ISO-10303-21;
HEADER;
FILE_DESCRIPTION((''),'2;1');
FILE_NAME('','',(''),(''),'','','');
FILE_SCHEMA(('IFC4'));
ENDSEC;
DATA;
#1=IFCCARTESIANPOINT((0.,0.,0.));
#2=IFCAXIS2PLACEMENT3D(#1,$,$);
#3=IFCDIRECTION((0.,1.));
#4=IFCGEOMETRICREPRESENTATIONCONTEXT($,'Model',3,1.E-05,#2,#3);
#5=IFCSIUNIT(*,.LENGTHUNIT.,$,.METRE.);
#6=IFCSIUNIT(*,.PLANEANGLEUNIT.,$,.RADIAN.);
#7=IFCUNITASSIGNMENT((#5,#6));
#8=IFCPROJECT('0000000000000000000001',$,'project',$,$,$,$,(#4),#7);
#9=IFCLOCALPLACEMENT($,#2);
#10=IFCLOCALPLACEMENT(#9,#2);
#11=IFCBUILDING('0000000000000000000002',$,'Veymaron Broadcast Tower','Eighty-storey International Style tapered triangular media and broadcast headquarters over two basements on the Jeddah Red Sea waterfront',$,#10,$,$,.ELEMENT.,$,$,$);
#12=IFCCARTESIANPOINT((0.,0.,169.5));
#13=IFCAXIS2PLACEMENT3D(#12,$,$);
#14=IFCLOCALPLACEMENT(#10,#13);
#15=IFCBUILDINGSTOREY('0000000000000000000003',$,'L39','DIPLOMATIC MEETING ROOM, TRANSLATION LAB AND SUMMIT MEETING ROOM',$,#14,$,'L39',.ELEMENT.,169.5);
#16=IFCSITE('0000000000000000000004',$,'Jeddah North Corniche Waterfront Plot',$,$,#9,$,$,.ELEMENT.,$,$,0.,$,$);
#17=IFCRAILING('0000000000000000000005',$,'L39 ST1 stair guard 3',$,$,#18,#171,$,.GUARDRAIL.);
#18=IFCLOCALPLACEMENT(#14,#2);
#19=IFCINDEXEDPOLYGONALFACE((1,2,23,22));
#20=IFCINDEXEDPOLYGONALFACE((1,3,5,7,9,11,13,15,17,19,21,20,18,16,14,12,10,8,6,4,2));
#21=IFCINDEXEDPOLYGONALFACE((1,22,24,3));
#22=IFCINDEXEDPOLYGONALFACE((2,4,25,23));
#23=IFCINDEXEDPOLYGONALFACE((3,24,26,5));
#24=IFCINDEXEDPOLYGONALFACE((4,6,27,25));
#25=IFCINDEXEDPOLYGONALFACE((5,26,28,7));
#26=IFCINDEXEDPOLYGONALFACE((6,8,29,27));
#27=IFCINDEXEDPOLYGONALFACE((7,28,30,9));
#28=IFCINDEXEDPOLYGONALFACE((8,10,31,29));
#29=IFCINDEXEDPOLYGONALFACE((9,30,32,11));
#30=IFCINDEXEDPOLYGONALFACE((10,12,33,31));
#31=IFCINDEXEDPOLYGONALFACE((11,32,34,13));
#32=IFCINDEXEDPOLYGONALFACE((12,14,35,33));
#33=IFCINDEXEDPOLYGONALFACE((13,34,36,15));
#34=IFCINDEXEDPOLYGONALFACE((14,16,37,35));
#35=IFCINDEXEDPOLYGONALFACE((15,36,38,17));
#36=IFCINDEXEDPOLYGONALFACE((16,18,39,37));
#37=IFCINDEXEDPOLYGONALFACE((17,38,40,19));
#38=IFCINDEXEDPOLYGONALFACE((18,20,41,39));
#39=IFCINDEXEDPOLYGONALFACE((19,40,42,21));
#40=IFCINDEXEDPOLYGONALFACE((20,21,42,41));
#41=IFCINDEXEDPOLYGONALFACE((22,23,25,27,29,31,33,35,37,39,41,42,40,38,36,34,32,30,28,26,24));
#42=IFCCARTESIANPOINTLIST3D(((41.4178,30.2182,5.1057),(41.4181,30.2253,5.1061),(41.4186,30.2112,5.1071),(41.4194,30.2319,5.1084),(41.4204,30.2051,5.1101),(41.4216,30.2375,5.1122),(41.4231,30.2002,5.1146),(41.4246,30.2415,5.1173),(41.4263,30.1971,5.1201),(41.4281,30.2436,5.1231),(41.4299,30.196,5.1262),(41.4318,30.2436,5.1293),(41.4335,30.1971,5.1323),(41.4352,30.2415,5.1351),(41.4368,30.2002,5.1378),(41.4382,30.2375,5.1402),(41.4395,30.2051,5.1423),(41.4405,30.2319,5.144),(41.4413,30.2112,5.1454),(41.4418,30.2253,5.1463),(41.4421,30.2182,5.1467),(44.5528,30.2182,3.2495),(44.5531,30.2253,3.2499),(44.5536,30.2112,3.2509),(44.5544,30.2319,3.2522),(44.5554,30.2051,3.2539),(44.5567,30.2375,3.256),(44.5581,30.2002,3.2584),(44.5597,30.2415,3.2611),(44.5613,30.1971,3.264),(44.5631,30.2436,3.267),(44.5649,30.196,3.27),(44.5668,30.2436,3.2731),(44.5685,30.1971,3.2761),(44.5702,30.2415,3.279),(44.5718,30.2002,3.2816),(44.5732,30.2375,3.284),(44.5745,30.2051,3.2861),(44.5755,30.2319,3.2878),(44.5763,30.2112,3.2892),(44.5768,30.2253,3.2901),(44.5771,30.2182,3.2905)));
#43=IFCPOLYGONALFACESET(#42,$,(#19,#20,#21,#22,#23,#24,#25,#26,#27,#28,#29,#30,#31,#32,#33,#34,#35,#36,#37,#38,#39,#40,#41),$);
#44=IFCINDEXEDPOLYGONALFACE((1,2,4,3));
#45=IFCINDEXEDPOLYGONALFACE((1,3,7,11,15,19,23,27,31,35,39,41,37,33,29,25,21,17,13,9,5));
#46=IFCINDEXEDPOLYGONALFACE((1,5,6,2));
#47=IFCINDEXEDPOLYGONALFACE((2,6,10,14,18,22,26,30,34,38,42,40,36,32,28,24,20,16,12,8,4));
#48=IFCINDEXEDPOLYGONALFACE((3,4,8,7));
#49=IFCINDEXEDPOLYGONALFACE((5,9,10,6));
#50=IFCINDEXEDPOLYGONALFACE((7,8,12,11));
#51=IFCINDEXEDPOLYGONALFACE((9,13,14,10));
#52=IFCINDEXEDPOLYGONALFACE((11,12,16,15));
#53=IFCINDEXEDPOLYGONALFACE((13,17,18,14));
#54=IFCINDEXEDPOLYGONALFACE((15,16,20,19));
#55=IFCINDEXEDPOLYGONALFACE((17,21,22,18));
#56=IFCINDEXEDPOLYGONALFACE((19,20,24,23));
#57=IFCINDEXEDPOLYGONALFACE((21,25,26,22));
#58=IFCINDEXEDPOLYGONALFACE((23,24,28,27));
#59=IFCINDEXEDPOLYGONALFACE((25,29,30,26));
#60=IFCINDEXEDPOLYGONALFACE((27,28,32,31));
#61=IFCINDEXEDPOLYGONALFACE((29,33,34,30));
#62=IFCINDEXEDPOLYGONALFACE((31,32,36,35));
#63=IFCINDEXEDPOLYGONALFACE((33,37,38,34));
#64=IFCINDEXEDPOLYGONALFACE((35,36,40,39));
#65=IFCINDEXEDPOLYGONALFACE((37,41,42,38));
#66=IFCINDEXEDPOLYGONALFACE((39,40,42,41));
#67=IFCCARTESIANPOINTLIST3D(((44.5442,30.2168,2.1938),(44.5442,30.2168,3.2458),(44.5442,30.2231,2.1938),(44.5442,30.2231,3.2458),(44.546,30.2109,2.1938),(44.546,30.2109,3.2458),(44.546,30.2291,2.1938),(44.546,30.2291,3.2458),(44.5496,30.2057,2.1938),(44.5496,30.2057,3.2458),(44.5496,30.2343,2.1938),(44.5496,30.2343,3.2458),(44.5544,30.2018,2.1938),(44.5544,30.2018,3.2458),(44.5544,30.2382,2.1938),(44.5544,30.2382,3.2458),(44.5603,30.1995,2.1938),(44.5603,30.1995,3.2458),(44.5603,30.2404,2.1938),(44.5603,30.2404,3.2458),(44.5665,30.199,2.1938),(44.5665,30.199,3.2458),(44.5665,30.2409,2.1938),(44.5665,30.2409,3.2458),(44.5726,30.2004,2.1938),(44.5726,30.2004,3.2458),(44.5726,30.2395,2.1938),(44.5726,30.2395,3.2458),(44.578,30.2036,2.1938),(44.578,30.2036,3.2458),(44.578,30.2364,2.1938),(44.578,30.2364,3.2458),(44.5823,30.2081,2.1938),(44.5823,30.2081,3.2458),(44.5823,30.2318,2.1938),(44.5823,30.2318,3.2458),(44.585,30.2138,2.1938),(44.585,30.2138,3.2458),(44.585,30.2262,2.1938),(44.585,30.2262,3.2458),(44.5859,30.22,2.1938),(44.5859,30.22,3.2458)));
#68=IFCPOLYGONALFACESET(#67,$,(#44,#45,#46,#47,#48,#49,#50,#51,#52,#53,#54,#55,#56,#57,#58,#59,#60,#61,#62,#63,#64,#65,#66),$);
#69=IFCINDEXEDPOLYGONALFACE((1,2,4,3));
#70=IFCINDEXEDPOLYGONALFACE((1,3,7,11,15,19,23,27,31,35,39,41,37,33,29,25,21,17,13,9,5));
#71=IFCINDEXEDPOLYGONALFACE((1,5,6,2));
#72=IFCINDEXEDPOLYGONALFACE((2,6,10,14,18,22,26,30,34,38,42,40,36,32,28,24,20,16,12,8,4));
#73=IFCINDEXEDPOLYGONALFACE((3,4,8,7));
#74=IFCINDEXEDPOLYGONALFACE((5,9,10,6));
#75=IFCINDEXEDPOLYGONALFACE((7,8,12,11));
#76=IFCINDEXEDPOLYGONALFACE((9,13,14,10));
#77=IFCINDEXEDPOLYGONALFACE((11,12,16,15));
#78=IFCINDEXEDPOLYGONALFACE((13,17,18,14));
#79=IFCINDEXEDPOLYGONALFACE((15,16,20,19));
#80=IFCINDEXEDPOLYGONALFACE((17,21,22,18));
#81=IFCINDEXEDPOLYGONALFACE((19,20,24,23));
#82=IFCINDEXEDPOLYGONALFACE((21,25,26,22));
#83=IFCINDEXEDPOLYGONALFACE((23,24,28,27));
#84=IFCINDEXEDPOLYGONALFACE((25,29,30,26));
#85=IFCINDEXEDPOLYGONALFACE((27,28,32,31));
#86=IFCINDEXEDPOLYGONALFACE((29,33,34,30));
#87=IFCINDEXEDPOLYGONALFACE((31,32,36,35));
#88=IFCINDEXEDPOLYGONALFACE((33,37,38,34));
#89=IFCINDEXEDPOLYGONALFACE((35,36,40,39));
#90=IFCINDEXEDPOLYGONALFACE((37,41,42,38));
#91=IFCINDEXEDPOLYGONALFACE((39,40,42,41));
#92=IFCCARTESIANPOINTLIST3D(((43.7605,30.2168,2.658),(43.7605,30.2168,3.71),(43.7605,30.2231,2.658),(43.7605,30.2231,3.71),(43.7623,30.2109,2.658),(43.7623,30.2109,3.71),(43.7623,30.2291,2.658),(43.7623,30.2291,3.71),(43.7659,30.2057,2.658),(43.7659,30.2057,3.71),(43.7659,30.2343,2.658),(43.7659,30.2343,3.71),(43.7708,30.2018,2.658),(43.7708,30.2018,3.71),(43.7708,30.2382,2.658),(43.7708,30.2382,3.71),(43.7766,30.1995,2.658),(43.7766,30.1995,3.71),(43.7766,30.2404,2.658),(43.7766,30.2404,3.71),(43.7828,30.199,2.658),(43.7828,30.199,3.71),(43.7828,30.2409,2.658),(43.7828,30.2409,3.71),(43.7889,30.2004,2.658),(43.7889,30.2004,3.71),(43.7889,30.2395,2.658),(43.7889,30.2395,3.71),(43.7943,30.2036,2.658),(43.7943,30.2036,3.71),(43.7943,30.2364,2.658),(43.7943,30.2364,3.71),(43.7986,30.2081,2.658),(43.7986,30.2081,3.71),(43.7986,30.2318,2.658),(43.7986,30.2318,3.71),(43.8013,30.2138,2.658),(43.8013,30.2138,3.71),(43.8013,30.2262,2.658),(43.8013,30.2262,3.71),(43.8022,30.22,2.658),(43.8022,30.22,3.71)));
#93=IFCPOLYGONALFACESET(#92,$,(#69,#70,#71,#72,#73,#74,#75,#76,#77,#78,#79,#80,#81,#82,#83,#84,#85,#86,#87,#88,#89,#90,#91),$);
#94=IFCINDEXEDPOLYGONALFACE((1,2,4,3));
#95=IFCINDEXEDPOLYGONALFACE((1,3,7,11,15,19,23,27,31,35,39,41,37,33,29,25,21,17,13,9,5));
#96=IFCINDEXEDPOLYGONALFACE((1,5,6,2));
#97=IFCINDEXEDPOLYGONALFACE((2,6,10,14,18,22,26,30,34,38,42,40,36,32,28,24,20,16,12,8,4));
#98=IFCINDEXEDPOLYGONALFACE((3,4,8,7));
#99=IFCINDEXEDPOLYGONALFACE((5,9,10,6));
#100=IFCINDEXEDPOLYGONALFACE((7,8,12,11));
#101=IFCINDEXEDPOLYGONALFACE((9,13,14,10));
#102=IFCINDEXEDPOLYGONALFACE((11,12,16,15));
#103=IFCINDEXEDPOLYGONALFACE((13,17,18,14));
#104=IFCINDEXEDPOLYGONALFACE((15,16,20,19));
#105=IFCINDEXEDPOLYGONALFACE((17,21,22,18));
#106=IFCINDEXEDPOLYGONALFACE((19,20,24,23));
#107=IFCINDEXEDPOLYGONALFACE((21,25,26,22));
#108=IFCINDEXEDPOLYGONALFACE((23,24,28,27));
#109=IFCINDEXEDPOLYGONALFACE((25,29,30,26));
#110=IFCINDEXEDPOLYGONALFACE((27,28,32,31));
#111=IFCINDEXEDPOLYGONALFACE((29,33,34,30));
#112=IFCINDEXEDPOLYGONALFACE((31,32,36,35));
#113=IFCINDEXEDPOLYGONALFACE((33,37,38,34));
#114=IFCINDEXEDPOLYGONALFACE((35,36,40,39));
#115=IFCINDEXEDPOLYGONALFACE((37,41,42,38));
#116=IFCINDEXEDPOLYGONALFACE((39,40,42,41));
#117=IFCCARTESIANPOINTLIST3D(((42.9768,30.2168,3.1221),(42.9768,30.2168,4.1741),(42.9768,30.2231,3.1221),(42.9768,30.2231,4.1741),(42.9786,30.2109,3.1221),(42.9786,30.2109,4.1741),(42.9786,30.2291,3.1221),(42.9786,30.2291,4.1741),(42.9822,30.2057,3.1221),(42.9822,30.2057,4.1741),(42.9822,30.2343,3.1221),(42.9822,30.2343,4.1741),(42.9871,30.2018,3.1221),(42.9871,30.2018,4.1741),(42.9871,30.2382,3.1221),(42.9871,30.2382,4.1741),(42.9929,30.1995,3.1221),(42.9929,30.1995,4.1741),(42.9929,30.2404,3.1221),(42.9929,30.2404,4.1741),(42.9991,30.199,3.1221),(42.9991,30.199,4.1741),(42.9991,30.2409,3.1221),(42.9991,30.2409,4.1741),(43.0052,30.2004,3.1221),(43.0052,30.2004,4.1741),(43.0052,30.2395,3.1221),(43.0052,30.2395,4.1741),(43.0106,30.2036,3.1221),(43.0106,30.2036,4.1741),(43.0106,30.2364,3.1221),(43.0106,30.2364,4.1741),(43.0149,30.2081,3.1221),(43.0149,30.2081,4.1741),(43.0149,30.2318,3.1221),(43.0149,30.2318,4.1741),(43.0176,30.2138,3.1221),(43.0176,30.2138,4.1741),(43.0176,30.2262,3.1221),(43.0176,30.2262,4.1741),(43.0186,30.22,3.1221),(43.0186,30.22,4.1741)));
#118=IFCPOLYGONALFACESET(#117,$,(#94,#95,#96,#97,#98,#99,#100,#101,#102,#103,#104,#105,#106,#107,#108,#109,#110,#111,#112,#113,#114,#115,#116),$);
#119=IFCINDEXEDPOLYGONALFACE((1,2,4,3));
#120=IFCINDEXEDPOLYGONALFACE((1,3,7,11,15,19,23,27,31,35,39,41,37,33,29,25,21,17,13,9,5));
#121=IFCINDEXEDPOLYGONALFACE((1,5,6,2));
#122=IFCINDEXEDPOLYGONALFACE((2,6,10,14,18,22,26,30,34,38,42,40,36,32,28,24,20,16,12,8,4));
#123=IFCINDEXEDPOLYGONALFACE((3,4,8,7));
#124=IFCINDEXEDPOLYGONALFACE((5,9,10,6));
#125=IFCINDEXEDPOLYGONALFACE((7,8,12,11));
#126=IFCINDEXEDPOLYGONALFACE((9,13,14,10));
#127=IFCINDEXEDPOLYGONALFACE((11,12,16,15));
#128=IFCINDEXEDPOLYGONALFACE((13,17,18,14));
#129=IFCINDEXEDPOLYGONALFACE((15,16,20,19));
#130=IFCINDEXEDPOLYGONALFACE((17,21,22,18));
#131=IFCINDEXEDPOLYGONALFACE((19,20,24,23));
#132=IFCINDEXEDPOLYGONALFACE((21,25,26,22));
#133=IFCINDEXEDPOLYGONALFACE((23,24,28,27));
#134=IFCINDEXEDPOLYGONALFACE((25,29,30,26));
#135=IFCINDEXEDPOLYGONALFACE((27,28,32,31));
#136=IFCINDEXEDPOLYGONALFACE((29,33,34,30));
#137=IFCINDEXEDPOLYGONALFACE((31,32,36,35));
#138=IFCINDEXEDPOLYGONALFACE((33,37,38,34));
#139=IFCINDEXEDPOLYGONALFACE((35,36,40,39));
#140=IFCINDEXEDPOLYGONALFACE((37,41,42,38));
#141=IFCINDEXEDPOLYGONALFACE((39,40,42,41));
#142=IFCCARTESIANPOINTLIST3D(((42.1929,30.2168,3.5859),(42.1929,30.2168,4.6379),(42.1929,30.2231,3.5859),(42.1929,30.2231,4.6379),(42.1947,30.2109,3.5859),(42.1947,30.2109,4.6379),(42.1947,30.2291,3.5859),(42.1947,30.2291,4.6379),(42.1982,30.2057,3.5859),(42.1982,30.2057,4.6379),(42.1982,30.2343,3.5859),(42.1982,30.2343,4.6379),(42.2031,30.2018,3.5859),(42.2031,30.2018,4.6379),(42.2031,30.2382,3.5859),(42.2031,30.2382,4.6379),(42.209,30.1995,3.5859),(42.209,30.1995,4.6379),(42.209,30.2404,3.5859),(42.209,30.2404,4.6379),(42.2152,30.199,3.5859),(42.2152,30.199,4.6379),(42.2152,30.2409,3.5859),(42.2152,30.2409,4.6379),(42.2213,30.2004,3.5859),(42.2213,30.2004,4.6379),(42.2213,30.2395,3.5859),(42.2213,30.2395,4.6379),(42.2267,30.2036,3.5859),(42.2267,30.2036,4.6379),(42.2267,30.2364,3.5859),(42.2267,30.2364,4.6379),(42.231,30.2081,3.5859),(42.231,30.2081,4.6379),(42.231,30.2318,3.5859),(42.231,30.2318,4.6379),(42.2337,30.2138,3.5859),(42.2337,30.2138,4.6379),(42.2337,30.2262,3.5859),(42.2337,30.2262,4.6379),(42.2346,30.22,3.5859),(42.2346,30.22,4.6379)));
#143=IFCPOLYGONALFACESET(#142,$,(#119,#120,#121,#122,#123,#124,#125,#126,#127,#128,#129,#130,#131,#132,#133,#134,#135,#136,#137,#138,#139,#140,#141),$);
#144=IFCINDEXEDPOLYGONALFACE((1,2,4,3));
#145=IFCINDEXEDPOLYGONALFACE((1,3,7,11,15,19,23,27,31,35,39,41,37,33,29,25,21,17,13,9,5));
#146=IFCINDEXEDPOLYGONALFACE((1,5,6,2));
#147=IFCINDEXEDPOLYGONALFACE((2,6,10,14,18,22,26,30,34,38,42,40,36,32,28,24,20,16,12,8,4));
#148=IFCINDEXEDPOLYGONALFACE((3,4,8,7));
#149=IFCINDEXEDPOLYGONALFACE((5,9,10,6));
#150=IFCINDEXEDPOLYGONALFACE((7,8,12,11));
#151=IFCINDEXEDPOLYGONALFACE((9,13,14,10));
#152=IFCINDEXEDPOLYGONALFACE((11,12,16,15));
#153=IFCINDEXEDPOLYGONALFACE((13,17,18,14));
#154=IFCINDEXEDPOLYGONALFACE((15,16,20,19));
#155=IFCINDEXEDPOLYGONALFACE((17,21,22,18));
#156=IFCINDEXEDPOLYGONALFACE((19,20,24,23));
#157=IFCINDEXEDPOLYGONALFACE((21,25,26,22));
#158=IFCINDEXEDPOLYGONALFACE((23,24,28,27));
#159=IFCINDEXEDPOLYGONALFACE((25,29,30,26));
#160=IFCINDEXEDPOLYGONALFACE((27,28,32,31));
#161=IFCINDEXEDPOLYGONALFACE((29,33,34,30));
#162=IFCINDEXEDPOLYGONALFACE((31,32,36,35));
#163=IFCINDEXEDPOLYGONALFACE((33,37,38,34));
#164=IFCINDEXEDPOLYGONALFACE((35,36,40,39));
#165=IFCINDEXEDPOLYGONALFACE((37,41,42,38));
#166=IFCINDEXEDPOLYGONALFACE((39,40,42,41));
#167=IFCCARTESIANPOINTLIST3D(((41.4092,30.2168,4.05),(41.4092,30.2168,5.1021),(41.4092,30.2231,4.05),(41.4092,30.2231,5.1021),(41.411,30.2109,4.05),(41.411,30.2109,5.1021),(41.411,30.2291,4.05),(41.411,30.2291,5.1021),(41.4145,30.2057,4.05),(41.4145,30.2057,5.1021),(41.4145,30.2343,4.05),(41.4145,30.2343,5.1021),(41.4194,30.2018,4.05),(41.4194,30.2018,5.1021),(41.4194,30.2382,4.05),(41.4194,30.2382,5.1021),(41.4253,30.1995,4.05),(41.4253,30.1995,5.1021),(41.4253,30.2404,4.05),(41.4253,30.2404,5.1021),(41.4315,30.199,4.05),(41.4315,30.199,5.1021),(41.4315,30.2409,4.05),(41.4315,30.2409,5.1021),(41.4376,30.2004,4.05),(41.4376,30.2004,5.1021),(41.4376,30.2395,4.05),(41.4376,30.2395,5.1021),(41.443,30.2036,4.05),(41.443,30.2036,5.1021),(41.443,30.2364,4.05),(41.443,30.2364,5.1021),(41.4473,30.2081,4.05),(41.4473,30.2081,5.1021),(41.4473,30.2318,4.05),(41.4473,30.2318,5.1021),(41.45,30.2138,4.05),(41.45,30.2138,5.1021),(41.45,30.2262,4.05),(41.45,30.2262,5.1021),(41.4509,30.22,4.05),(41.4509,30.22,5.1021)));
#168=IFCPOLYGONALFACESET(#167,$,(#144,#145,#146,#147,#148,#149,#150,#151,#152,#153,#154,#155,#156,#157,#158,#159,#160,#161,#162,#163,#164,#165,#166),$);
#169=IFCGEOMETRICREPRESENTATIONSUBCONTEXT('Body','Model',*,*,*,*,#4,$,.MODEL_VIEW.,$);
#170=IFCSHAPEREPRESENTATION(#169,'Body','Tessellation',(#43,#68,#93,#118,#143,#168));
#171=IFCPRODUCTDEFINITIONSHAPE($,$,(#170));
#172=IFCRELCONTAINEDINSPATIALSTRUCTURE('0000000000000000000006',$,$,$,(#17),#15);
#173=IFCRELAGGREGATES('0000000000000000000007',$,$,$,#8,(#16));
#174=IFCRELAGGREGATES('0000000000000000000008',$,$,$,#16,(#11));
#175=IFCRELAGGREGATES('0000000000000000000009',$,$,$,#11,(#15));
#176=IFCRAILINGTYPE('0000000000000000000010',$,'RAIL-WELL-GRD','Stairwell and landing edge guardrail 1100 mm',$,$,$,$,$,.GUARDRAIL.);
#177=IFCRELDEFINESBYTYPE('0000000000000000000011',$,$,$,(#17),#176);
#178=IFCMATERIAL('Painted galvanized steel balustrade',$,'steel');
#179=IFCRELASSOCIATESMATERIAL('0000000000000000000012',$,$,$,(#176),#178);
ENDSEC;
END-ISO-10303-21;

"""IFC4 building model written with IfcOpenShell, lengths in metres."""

from ifc_helpers import new_model, si_unit, direction, frame, origin, origin_2d, place, context, subcontext, project, spatial, circle, extrude, material, type_object, element, save


model = new_model("IFC4")

# Units and contexts
model_context = context("Model", 3, precision=1e-05, world=origin(), true_north=direction((0.0, 1.0)))
body_context = subcontext(model_context, "Body", "Model", "MODEL_VIEW")
ifc_project = project(units=[si_unit("LENGTHUNIT", "METRE"), si_unit("PLANEANGLEUNIT", "RADIAN")], contexts=[model_context])

# Site, building, storey
site_placement = place(None, origin())
site = spatial("IfcSite", under=ifc_project, at=site_placement, Name="Jeddah North Corniche Waterfront Plot", CompositionType="ELEMENT", RefElevation=0.0)
building_placement = place(site_placement, origin())
building = spatial("IfcBuilding", under=site, at=building_placement, Name="Veymaron Broadcast Tower", Description="Eighty-storey International Style tapered triangular media and broadcast headquarters over two basements on the Jeddah Red Sea waterfront", CompositionType="ELEMENT")
storey_placement = place(building_placement, frame((0.0, 0.0, 169.5)))
storey = spatial("IfcBuildingStorey", under=building, at=storey_placement, Name="L39", Description="DIPLOMATIC MEETING ROOM, TRANSLATION LAB AND SUMMIT MEETING ROOM", LongName="L39", CompositionType="ELEMENT", Elevation=169.5)

# Railing
ifc_material_1 = material(Name="Painted galvanized steel balustrade", Category="steel")
railing_type_1 = type_object("IfcRailingType", Name="RAIL-WELL-GRD", Description="Stairwell and landing edge guardrail 1100 mm", PredefinedType="GUARDRAIL", material=ifc_material_1)
railing_1_placement = place(storey_placement, frame((44.5649, 30.22, 2.1938)))
element("IfcRailing", 1, at=railing_1_placement, inside=storey, type_object=railing_type_1, Name="L39 ST1 stair guard 3", PredefinedType="GUARDRAIL", context=body_context, shape_type="SweptSolid", body=[
    extrude(circle(Radius=0.0239, at=origin_2d()), frame((0.0, 0.0, 1.0762), z_axis=(-0.860482, 0.0, 0.509481), x_axis=(0.0, -1.0, 0.0)), (0.0, 0.0, 1.0), 3.6433),
    extrude(circle(Radius=0.021, at=origin_2d()), origin(), (0.0, 0.0, 1.0), 1.052),
    extrude(circle(Radius=0.021, at=origin_2d()), frame((-0.7837, 0.0, 0.4641)), (0.0, 0.0, 1.0), 1.052),
    extrude(circle(Radius=0.021, at=origin_2d()), frame((-1.5674, 0.0, 0.9282)), (0.0, 0.0, 1.0), 1.052),
    extrude(circle(Radius=0.021, at=origin_2d()), frame((-2.3513, 0.0, 1.3921)), (0.0, 0.0, 1.0), 1.052),
    extrude(circle(Radius=0.021, at=origin_2d()), frame((-3.135, 0.0, 1.8562)), (0.0, 0.0, 1.0), 1.052),
])

save(model, "model.ifc")
